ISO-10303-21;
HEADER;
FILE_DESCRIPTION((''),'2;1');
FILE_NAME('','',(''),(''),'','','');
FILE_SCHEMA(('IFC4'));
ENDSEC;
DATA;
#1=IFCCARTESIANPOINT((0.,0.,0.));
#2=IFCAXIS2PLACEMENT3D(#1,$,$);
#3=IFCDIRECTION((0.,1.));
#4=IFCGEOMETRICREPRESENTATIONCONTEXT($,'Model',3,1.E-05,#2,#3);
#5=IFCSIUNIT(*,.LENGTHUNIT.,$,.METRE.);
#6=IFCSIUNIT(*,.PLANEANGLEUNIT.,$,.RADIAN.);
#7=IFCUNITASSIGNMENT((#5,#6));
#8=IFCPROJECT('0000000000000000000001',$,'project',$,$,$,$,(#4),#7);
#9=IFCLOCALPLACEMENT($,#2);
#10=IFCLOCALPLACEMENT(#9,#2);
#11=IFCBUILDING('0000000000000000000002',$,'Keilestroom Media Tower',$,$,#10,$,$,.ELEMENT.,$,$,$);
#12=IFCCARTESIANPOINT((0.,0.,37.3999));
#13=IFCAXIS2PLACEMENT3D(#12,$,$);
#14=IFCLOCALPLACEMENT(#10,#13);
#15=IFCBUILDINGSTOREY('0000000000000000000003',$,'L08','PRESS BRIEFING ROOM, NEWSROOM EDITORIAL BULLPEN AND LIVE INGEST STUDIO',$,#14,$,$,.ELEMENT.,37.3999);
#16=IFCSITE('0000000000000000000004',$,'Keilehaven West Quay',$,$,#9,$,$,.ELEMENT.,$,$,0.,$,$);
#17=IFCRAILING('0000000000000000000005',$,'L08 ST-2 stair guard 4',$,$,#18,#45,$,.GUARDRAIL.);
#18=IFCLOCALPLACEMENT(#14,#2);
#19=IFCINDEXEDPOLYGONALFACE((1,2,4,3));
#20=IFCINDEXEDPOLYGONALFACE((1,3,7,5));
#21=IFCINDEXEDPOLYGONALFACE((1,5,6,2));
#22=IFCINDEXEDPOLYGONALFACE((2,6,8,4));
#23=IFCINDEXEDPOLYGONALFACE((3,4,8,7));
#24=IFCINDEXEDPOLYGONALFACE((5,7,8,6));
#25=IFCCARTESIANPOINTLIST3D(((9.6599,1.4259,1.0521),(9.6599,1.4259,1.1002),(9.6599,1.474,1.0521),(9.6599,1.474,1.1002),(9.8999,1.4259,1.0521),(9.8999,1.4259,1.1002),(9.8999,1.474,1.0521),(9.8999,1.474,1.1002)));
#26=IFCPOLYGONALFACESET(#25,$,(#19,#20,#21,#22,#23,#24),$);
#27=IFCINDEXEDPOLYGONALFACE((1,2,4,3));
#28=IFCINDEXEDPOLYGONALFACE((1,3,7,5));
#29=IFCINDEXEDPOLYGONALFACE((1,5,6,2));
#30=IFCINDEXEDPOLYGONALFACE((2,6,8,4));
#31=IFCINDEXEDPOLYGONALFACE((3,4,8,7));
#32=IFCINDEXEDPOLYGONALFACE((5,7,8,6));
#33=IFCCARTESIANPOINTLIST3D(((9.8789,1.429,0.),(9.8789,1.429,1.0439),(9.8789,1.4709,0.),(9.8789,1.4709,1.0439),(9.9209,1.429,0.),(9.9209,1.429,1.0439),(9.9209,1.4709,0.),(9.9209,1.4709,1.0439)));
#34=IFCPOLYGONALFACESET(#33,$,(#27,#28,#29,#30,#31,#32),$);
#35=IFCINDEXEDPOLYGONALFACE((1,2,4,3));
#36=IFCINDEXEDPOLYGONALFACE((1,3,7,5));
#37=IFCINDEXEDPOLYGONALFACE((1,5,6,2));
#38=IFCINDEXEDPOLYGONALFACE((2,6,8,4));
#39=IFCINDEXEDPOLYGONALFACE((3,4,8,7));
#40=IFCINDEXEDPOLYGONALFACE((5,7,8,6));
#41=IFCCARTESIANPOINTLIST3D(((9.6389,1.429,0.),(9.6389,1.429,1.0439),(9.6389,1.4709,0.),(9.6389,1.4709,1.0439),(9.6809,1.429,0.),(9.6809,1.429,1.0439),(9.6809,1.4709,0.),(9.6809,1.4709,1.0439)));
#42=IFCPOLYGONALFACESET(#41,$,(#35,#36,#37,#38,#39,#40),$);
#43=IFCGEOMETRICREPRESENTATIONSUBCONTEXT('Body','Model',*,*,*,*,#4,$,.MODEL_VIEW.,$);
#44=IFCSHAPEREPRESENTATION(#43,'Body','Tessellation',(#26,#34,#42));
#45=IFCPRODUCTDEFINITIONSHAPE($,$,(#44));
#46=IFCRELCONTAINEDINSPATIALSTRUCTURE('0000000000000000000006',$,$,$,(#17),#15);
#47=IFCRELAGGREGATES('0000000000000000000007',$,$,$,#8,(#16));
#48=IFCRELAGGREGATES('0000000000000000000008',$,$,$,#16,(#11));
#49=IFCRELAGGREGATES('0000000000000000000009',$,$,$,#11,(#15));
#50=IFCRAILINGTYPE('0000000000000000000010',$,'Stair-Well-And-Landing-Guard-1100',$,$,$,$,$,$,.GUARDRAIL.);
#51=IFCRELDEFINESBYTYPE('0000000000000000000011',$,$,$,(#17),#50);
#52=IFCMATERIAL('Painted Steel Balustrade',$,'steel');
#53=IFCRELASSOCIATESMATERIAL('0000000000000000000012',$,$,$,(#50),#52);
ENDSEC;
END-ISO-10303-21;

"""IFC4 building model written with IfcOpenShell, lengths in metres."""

from ifc_helpers import new_model, si_unit, direction, frame, origin, origin_2d, place, context, subcontext, project, spatial, rectangle, extrude, material, type_object, element, save


model = new_model("IFC4")

# Units and contexts
model_context = context("Model", 3, precision=1e-05, world=origin(), true_north=direction((0.0, 1.0)))
body_context = subcontext(model_context, "Body", "Model", "MODEL_VIEW")
ifc_project = project(units=[si_unit("LENGTHUNIT", "METRE"), si_unit("PLANEANGLEUNIT", "RADIAN")], contexts=[model_context])

# Site, building, storey
site_placement = place(None, origin())
site = spatial("IfcSite", under=ifc_project, at=site_placement, Name="Keilehaven West Quay", CompositionType="ELEMENT", RefElevation=0.0)
building_placement = place(site_placement, origin())
building = spatial("IfcBuilding", under=site, at=building_placement, Name="Keilestroom Media Tower", CompositionType="ELEMENT")
storey_placement = place(building_placement, frame((0.0, 0.0, 37.3999)))
storey = spatial("IfcBuildingStorey", under=building, at=storey_placement, Name="L08", Description="PRESS BRIEFING ROOM, NEWSROOM EDITORIAL BULLPEN AND LIVE INGEST STUDIO", CompositionType="ELEMENT", Elevation=37.3999)

# Railing
ifc_material_1 = material(Name="Painted Steel Balustrade", Category="steel")
railing_type_1 = type_object("IfcRailingType", Name="Stair-Well-And-Landing-Guard-1100", PredefinedType="GUARDRAIL", material=ifc_material_1)
railing_1_placement = place(storey_placement, frame((9.8999, 1.45, 0.0)))
element("IfcRailing", 1, at=railing_1_placement, inside=storey, type_object=railing_type_1, Name="L08 ST-2 stair guard 4", PredefinedType="GUARDRAIL", context=body_context, shape_type="SweptSolid", body=[
    extrude(rectangle(XDim=0.0481, YDim=0.0481, at=origin_2d()), frame((0.0, 0.0, 1.0762), z_axis=(-1.0, 0.0, 0.0), x_axis=(0.0, -1.0, 0.0)), (0.0, 0.0, 1.0), 0.24),
    extrude(rectangle(XDim=0.042, YDim=0.042, at=origin_2d()), origin(), (0.0, 0.0, 1.0), 1.0439),
    extrude(rectangle(XDim=0.042, YDim=0.042, at=origin_2d()), frame((-0.24, 0.0, 0.0)), (0.0, 0.0, 1.0), 1.0439),
])

save(model, "model.ifc")
